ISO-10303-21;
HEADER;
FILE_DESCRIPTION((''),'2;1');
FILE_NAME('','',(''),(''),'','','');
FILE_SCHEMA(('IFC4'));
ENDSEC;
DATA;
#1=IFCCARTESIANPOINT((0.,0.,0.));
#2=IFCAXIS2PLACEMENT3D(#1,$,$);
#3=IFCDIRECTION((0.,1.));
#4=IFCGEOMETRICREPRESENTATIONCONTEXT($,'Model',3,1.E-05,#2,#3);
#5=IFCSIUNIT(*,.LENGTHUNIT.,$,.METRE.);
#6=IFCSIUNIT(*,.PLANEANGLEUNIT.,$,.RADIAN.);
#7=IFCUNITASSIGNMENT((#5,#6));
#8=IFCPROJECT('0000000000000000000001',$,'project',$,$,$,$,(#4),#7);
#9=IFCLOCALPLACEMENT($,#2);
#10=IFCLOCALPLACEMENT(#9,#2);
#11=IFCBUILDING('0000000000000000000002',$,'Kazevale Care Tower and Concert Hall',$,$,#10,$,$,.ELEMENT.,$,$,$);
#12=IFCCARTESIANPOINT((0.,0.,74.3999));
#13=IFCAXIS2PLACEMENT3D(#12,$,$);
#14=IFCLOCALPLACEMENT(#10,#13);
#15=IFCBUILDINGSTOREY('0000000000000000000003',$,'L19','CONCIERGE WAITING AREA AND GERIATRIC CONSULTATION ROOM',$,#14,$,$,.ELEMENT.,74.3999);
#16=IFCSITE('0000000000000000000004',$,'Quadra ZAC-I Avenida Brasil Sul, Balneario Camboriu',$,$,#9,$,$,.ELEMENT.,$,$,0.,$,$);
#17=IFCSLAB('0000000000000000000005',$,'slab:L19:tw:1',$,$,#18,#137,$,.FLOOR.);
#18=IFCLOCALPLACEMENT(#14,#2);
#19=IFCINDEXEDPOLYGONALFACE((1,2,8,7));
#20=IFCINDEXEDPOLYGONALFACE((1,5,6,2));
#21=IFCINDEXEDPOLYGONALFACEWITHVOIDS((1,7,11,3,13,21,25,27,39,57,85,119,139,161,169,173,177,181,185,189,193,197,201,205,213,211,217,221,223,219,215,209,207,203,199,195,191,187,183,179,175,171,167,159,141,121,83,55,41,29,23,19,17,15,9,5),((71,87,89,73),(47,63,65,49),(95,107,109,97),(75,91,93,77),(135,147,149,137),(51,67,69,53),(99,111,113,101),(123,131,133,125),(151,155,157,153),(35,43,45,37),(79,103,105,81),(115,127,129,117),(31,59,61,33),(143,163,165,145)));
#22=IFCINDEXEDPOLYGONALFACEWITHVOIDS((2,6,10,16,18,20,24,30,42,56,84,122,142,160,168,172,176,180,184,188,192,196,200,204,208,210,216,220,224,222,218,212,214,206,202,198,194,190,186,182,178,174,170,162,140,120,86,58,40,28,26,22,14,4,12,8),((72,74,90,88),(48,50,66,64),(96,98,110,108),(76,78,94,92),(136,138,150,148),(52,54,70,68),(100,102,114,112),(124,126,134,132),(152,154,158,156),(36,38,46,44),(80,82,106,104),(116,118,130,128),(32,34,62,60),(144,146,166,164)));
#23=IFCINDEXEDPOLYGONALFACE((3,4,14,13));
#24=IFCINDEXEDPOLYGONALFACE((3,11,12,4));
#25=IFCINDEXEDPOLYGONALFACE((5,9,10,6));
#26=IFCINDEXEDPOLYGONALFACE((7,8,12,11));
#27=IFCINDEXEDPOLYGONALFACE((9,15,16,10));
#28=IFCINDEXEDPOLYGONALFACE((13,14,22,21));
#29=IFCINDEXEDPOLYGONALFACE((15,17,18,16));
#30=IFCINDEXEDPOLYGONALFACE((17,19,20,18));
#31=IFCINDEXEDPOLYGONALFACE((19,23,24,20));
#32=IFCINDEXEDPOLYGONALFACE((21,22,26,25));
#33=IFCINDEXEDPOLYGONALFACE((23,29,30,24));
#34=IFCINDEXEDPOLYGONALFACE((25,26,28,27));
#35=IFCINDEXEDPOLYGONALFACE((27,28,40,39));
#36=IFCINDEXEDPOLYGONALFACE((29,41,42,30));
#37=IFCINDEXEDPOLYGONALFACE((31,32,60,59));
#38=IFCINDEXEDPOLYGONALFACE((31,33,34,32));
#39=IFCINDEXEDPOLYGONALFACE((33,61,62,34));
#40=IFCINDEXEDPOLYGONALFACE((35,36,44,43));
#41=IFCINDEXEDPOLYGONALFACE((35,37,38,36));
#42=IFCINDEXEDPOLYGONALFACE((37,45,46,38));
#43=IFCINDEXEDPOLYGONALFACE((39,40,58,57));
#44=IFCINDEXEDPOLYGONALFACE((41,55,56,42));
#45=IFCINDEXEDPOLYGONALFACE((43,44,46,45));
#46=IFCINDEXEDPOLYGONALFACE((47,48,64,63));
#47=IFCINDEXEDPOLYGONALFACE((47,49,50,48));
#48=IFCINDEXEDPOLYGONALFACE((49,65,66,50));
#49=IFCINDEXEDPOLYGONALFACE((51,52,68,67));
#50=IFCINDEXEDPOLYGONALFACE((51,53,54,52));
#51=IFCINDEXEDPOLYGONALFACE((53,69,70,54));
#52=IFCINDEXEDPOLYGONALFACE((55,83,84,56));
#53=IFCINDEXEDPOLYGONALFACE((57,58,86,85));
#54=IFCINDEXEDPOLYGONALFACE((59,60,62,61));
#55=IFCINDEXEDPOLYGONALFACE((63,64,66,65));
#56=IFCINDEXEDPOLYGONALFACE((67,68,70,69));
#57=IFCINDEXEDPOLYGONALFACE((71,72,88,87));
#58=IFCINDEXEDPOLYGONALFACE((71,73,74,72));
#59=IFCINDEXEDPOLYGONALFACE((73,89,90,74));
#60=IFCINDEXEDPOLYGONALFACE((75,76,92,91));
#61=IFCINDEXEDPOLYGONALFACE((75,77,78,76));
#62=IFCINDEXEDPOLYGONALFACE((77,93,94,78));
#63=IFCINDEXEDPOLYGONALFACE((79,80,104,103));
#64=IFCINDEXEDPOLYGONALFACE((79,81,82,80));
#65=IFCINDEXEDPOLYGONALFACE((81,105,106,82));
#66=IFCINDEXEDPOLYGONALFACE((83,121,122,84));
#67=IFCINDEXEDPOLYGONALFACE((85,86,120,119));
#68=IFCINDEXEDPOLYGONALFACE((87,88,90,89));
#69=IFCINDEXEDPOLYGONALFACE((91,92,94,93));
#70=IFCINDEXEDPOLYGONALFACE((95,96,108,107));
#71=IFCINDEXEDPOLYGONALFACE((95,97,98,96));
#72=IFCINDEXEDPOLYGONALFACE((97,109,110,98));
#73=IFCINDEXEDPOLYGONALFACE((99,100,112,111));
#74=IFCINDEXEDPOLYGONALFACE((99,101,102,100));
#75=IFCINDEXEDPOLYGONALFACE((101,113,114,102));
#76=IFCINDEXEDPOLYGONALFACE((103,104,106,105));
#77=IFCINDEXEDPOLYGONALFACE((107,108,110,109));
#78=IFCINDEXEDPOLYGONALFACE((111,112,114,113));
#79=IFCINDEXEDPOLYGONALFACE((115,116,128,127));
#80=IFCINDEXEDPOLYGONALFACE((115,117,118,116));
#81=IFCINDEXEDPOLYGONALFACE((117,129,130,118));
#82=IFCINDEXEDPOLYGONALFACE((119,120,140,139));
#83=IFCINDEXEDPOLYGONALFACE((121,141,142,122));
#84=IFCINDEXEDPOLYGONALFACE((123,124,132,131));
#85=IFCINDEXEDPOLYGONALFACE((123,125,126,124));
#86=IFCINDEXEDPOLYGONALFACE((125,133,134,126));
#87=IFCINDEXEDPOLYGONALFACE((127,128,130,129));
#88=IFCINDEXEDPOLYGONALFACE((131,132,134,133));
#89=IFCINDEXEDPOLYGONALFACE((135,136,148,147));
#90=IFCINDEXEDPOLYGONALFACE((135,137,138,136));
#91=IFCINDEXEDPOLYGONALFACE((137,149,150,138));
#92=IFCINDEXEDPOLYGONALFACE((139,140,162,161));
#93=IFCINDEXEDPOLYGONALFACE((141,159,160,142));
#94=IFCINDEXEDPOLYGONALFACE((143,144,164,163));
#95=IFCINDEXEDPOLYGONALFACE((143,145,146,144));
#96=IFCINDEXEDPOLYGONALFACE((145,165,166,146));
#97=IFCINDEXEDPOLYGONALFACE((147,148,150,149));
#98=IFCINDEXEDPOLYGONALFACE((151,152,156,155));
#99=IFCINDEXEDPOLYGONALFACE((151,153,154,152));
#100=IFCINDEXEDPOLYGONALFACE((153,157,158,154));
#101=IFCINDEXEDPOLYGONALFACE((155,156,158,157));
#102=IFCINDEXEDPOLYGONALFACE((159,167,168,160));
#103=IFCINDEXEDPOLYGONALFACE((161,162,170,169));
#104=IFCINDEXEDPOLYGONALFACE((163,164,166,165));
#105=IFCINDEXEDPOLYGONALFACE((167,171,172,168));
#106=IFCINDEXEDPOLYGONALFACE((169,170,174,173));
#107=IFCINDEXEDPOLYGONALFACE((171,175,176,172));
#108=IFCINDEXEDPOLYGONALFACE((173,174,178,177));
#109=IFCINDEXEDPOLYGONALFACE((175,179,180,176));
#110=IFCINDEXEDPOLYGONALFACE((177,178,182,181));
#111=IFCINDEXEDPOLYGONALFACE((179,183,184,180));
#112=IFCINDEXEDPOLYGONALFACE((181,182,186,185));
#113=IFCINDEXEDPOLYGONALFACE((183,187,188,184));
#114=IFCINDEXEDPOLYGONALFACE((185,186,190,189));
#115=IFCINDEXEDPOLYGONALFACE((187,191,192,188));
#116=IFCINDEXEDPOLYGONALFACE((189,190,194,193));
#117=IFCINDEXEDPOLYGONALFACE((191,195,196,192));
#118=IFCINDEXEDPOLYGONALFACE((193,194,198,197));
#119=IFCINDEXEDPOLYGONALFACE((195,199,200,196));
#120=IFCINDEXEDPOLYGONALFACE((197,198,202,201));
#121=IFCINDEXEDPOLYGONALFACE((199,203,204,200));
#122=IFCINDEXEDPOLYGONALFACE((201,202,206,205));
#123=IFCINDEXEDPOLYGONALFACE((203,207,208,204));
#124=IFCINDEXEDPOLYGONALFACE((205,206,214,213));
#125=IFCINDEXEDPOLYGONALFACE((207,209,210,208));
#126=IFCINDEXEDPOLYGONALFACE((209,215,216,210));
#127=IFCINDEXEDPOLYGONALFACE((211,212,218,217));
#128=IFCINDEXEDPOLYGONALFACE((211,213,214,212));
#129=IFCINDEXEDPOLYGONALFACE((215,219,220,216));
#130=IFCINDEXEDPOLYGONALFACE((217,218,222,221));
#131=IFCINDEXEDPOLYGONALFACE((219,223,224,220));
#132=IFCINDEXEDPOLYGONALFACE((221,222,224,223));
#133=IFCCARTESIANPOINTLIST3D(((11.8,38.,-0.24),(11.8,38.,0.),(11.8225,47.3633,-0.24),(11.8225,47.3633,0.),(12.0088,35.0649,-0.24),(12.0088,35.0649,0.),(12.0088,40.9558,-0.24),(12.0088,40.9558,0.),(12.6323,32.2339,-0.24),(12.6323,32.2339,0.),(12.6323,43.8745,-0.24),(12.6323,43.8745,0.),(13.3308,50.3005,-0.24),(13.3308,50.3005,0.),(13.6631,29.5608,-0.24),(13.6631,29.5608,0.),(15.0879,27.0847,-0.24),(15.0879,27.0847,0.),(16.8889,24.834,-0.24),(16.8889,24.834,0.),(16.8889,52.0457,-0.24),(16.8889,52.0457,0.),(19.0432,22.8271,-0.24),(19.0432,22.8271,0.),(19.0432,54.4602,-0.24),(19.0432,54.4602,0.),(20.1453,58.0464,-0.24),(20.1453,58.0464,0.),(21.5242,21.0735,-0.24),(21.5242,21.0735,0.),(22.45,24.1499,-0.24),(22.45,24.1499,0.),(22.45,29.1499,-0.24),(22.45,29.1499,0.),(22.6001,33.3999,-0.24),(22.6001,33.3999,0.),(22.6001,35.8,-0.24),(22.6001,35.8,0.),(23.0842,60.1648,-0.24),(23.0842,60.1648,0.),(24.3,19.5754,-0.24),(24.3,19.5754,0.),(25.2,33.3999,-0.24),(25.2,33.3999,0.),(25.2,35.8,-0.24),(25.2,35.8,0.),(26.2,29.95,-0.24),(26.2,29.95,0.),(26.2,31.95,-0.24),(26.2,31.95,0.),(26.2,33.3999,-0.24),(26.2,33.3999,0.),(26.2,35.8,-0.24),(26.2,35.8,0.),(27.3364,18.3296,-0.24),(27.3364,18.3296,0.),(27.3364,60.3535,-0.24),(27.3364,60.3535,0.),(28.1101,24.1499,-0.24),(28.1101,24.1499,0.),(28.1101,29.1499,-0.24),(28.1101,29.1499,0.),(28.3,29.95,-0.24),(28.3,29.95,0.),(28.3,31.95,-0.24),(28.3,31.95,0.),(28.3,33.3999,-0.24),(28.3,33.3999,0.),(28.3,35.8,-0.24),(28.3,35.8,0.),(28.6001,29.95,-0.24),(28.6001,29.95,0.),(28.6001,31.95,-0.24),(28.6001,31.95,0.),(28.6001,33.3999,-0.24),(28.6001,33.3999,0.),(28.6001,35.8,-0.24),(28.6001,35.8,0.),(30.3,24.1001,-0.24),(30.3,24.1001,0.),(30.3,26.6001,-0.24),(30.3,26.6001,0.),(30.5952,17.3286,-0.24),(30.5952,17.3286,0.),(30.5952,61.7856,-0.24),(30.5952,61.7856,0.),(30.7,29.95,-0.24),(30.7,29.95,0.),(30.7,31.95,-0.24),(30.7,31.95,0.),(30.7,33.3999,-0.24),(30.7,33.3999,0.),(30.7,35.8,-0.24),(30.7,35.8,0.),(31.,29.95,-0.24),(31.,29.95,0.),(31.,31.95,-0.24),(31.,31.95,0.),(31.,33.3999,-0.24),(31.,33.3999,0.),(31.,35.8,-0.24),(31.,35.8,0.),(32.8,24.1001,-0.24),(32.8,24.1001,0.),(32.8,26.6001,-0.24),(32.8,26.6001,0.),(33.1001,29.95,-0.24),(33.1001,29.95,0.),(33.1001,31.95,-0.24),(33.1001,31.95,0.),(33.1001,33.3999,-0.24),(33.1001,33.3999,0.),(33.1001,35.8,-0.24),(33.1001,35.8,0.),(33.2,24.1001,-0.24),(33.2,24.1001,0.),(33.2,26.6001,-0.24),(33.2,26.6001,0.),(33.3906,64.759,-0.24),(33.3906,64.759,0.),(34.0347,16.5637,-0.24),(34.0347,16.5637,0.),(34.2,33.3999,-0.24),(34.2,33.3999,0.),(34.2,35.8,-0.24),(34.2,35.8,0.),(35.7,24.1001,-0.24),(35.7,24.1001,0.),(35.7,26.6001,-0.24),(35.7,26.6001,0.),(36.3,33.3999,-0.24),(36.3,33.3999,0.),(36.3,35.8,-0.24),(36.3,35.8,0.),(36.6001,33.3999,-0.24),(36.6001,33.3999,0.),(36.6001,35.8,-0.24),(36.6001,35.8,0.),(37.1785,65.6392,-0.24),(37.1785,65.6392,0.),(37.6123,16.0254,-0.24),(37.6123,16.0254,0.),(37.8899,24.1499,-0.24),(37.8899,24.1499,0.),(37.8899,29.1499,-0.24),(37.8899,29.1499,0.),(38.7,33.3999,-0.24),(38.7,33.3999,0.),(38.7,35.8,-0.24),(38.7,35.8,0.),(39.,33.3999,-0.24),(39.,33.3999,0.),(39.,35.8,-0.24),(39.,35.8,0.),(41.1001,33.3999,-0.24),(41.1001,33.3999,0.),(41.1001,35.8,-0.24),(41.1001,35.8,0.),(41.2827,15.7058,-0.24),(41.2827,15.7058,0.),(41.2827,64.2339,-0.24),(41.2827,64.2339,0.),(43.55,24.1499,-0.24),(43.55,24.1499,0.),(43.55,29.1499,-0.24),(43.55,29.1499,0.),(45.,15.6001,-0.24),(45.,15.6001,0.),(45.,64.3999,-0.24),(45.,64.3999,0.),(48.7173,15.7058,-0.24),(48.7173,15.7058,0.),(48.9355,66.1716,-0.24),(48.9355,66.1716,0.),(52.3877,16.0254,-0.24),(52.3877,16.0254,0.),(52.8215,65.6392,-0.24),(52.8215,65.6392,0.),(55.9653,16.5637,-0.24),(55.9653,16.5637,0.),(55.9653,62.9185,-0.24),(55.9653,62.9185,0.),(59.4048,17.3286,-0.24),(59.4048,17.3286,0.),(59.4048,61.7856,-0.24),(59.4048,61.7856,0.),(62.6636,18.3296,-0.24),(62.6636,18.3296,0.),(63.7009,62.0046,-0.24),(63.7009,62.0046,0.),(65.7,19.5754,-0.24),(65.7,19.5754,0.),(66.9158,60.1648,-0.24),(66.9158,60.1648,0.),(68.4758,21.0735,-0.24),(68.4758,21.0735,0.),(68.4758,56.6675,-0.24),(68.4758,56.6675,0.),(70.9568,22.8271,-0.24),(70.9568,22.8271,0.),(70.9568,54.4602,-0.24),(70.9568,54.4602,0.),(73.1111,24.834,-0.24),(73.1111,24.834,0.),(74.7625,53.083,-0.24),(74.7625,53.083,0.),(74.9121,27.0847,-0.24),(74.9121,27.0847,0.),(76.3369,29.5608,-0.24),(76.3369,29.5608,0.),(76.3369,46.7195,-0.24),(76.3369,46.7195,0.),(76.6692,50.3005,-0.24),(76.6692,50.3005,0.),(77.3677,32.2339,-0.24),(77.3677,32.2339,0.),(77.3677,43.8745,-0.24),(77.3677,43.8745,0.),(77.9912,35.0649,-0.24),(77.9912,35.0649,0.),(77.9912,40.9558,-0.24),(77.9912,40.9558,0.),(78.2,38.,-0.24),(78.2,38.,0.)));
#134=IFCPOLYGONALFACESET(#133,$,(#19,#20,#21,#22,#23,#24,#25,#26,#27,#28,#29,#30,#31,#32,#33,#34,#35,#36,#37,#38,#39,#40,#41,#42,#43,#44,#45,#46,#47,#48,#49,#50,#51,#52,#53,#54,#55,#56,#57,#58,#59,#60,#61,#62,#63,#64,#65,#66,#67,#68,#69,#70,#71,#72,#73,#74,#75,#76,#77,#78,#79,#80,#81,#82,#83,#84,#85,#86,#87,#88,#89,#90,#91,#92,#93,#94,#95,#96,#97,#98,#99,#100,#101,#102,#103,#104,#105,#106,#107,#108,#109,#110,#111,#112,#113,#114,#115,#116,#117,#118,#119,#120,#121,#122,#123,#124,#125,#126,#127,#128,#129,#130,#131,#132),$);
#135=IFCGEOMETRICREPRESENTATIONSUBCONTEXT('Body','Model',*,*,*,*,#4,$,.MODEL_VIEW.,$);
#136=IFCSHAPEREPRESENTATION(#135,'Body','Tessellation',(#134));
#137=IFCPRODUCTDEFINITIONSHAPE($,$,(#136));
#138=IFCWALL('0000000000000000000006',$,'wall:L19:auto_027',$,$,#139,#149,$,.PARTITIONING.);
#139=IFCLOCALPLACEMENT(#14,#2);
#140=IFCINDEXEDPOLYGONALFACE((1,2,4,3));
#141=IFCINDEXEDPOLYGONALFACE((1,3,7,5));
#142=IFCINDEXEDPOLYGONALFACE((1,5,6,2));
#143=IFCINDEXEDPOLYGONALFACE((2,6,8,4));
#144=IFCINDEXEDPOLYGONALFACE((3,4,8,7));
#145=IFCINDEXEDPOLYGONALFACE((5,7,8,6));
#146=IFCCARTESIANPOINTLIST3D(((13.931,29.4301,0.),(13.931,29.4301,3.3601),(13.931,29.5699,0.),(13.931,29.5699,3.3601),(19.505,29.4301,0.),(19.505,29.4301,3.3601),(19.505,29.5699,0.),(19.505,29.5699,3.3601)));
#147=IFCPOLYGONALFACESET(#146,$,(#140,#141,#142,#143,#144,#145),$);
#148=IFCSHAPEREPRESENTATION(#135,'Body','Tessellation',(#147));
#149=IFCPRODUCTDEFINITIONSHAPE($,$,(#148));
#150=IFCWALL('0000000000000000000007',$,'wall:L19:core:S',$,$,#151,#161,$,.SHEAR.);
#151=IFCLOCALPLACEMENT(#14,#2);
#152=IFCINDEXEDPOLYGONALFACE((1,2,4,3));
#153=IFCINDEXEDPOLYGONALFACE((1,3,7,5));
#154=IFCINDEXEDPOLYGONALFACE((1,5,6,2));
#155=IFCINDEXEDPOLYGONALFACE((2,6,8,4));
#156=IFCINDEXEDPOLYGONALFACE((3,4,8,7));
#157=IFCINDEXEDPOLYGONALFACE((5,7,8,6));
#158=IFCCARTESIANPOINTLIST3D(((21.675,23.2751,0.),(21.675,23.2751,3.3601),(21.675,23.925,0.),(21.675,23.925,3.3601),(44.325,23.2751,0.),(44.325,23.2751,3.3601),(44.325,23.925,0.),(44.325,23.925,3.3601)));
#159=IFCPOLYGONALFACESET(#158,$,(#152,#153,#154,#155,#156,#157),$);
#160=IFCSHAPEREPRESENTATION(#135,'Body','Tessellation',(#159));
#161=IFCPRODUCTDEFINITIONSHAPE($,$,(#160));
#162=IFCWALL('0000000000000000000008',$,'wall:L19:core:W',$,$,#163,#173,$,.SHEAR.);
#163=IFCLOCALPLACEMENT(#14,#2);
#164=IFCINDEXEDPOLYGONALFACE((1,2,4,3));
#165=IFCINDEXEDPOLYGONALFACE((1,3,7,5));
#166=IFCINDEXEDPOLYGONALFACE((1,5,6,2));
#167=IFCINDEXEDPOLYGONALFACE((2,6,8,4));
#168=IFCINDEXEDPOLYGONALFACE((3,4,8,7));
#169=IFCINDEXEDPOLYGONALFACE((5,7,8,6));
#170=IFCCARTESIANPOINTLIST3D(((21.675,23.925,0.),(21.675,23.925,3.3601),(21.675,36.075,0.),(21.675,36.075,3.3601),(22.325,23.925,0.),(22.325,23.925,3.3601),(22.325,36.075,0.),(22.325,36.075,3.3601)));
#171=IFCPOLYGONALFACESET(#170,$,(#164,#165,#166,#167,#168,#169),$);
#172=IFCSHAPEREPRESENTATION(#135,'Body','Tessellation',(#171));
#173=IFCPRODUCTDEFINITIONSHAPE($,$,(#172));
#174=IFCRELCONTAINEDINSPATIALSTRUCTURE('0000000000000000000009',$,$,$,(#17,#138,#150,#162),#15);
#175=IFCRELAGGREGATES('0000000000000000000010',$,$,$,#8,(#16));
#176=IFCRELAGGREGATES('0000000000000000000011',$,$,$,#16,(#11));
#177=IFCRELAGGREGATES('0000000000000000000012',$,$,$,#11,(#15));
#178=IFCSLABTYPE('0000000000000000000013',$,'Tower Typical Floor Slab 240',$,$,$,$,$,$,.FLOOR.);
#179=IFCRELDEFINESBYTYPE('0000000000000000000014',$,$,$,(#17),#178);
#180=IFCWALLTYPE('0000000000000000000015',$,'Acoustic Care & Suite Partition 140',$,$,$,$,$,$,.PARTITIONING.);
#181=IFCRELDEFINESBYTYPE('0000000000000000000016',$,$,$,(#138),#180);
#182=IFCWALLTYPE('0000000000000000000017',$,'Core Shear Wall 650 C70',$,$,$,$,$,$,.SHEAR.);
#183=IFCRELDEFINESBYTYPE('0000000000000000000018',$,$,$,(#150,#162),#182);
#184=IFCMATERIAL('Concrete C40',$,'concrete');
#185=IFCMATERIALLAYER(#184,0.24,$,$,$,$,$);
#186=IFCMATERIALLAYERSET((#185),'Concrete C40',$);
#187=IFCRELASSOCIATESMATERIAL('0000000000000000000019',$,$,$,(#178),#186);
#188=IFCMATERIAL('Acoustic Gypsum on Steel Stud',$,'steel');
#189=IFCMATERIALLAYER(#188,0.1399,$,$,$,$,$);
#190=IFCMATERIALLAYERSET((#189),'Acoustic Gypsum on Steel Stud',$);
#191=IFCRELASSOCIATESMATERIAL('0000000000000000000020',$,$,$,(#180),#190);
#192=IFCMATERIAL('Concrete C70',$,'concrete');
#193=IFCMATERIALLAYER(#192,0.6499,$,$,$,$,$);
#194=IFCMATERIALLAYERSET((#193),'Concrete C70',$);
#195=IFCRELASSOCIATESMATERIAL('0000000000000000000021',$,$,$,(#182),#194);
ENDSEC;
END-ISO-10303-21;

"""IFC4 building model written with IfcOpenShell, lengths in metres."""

from ifc_helpers import new_model, si_unit, direction, frame, frame_2d, origin, place, context, subcontext, project, spatial, polyline, rectangle, outline, extrude, material, layer, layer_set, type_object, element, save


model = new_model("IFC4")

# Units and contexts
model_context = context("Model", 3, precision=1e-05, world=origin(), true_north=direction((0.0, 1.0)))
body_context = subcontext(model_context, "Body", "Model", "MODEL_VIEW")
ifc_project = project(units=[si_unit("LENGTHUNIT", "METRE"), si_unit("PLANEANGLEUNIT", "RADIAN")], contexts=[model_context])

# Site, building, storey
site_placement = place(None, origin())
site = spatial("IfcSite", under=ifc_project, at=site_placement, Name="Quadra ZAC-I Avenida Brasil Sul, Balneario Camboriu", CompositionType="ELEMENT", RefElevation=0.0)
building_placement = place(site_placement, origin())
building = spatial("IfcBuilding", under=site, at=building_placement, Name="Kazevale Care Tower and Concert Hall", CompositionType="ELEMENT")
storey_placement = place(building_placement, frame((0.0, 0.0, 74.3999)))
storey = spatial("IfcBuildingStorey", under=building, at=storey_placement, Name="L19", Description="CONCIERGE WAITING AREA AND GERIATRIC CONSULTATION ROOM", CompositionType="ELEMENT", Elevation=74.3999)

# Shared definitions
ifc_material_1 = material(Name="Concrete C70", Category="concrete")

# Shared definitions
ifc_material_2 = material(Name="Concrete C40", Category="concrete")

# Slab
ifc_layer_1 = layer(ifc_material_2, 0.24)
ifc_layer_set_1 = layer_set([ifc_layer_1], Name="Concrete C40")
slab_type_1 = type_object("IfcSlabType", Name="Tower Typical Floor Slab 240", PredefinedType="FLOOR", material=ifc_layer_set_1)
slab_1_placement = place(storey_placement, frame((0.0, 0.0, -0.24)))
element("IfcSlab", 1, at=slab_1_placement, inside=storey, type_object=slab_type_1, Name="slab:L19:tw:1", PredefinedType="FLOOR", context=body_context, shape_type="SweptSolid", body=[
    extrude(outline(polyline([(78.2, 38.0), (77.9912, 40.9558), (77.3677, 43.8745), (76.3369, 46.7195), (76.6692, 50.3005), (74.7625, 53.083), (70.9568, 54.4602), (68.4758, 56.6675), (66.9158, 60.1648), (63.7009, 62.0046), (59.4048, 61.7856), (55.9653, 62.9185), (52.8215, 65.6392), (48.9355, 66.1716), (45.0, 64.3999), (41.2827, 64.2339), (37.1785, 65.6392), (33.3906, 64.759), (30.5952, 61.7856), (27.3364, 60.3535), (23.0842, 60.1648), (20.1453, 58.0464), (19.0432, 54.4602), (16.8889, 52.0457), (13.3308, 50.3005), (11.8225, 47.3633), (12.6323, 43.8745), (12.0088, 40.9558), (11.8, 38.0), (12.0088, 35.0649), (12.6323, 32.2339), (13.6631, 29.5608), (15.0879, 27.0847), (16.8889, 24.834), (19.0432, 22.8271), (21.5242, 21.0735), (24.3, 19.5754), (27.3364, 18.3296), (30.5952, 17.3286), (34.0347, 16.5637), (37.6123, 16.0254), (41.2827, 15.7058), (45.0, 15.6001), (48.7173, 15.7058), (52.3877, 16.0254), (55.9653, 16.5637), (59.4048, 17.3286), (62.6636, 18.3296), (65.7, 19.5754), (68.4758, 21.0735), (70.9568, 22.8271), (73.1111, 24.834), (74.9121, 27.0847), (76.3369, 29.5608), (77.3677, 32.2339), (77.9912, 35.0649), (78.2, 38.0)]), holes=[polyline([(22.45, 24.1499), (28.1101, 24.1499), (28.1101, 29.1499), (22.45, 29.1499), (22.45, 24.1499)]), polyline([(37.8899, 24.1499), (43.55, 24.1499), (43.55, 29.1499), (37.8899, 29.1499), (37.8899, 24.1499)]), polyline([(30.3, 24.1001), (32.8, 24.1001), (32.8, 26.6001), (30.3, 26.6001), (30.3, 24.1001)]), polyline([(33.2, 24.1001), (35.7, 24.1001), (35.7, 26.6001), (33.2, 26.6001), (33.2, 24.1001)]), polyline([(22.6001, 33.3999), (25.2, 33.3999), (25.2, 35.8), (22.6001, 35.8), (22.6001, 33.3999)]), polyline([(26.2, 33.3999), (28.3, 33.3999), (28.3, 35.8), (26.2, 35.8), (26.2, 33.3999)]), polyline([(28.6001, 33.3999), (30.7, 33.3999), (30.7, 35.8), (28.6001, 35.8), (28.6001, 33.3999)]), polyline([(31.0, 33.3999), (33.1001, 33.3999), (33.1001, 35.8), (31.0, 35.8), (31.0, 33.3999)]), polyline([(34.2, 33.3999), (36.3, 33.3999), (36.3, 35.8), (34.2, 35.8), (34.2, 33.3999)]), polyline([(36.6001, 33.3999), (38.7, 33.3999), (38.7, 35.8), (36.6001, 35.8), (36.6001, 33.3999)]), polyline([(39.0, 33.3999), (41.1001, 33.3999), (41.1001, 35.8), (39.0, 35.8), (39.0, 33.3999)]), polyline([(26.2, 29.95), (28.3, 29.95), (28.3, 31.95), (26.2, 31.95), (26.2, 29.95)]), polyline([(28.6001, 29.95), (30.7, 29.95), (30.7, 31.95), (28.6001, 31.95), (28.6001, 29.95)]), polyline([(31.0, 29.95), (33.1001, 29.95), (33.1001, 31.95), (31.0, 31.95), (31.0, 29.95)])]), origin(), (0.0, 0.0, 1.0), 0.24),
])

# Walls
ifc_material_3 = material(Name="Acoustic Gypsum on Steel Stud", Category="steel")
ifc_layer_2 = layer(ifc_material_3, 0.1399)
ifc_layer_set_2 = layer_set([ifc_layer_2], Name="Acoustic Gypsum on Steel Stud")
wall_type_1 = type_object("IfcWallType", Name="Acoustic Care & Suite Partition 140", PredefinedType="PARTITIONING", material=ifc_layer_set_2)
wall_1_placement = place(storey_placement, frame((13.9309, 29.5, 0.0), z_axis=(0.0, 0.0, 1.0), x_axis=(1.0, 0.0, 0.0)))
element("IfcWall", 2, at=wall_1_placement, inside=storey, type_object=wall_type_1, Name="wall:L19:auto_027", PredefinedType="PARTITIONING", context=body_context, shape_type="SweptSolid", body=[
    extrude(rectangle(XDim=5.574, YDim=0.1399, at=frame_2d((2.7871, 0.0))), origin(), (0.0, 0.0, 1.0), 3.3601),
])
ifc_layer_3 = layer(ifc_material_1, 0.6499)
ifc_layer_set_3 = layer_set([ifc_layer_3], Name="Concrete C70")
wall_type_2 = type_object("IfcWallType", Name="Core Shear Wall 650 C70", PredefinedType="SHEAR", material=ifc_layer_set_3)
wall_2_placement = place(storey_placement, frame((21.675, 23.6001, 0.0), z_axis=(0.0, 0.0, 1.0), x_axis=(1.0, 0.0, 0.0)))
element("IfcWall", 3, at=wall_2_placement, inside=storey, type_object=wall_type_2, Name="wall:L19:core:S", PredefinedType="SHEAR", context=body_context, shape_type="SweptSolid", body=[
    extrude(rectangle(XDim=22.6499, YDim=0.6499, at=frame_2d((11.325, 0.0))), origin(), (0.0, 0.0, 1.0), 3.3601),
])
wall_3_placement = place(storey_placement, frame((22.0, 23.925, 0.0), z_axis=(0.0, 0.0, 1.0), x_axis=(0.0, 1.0, 0.0)))
element("IfcWall", 4, at=wall_3_placement, inside=storey, type_object=wall_type_2, Name="wall:L19:core:W", PredefinedType="SHEAR", context=body_context, shape_type="SweptSolid", body=[
    extrude(rectangle(XDim=12.1499, YDim=0.6499, at=frame_2d((6.075, 0.0))), origin(), (0.0, 0.0, 1.0), 3.3601),
])

save(model, "model.ifc")
